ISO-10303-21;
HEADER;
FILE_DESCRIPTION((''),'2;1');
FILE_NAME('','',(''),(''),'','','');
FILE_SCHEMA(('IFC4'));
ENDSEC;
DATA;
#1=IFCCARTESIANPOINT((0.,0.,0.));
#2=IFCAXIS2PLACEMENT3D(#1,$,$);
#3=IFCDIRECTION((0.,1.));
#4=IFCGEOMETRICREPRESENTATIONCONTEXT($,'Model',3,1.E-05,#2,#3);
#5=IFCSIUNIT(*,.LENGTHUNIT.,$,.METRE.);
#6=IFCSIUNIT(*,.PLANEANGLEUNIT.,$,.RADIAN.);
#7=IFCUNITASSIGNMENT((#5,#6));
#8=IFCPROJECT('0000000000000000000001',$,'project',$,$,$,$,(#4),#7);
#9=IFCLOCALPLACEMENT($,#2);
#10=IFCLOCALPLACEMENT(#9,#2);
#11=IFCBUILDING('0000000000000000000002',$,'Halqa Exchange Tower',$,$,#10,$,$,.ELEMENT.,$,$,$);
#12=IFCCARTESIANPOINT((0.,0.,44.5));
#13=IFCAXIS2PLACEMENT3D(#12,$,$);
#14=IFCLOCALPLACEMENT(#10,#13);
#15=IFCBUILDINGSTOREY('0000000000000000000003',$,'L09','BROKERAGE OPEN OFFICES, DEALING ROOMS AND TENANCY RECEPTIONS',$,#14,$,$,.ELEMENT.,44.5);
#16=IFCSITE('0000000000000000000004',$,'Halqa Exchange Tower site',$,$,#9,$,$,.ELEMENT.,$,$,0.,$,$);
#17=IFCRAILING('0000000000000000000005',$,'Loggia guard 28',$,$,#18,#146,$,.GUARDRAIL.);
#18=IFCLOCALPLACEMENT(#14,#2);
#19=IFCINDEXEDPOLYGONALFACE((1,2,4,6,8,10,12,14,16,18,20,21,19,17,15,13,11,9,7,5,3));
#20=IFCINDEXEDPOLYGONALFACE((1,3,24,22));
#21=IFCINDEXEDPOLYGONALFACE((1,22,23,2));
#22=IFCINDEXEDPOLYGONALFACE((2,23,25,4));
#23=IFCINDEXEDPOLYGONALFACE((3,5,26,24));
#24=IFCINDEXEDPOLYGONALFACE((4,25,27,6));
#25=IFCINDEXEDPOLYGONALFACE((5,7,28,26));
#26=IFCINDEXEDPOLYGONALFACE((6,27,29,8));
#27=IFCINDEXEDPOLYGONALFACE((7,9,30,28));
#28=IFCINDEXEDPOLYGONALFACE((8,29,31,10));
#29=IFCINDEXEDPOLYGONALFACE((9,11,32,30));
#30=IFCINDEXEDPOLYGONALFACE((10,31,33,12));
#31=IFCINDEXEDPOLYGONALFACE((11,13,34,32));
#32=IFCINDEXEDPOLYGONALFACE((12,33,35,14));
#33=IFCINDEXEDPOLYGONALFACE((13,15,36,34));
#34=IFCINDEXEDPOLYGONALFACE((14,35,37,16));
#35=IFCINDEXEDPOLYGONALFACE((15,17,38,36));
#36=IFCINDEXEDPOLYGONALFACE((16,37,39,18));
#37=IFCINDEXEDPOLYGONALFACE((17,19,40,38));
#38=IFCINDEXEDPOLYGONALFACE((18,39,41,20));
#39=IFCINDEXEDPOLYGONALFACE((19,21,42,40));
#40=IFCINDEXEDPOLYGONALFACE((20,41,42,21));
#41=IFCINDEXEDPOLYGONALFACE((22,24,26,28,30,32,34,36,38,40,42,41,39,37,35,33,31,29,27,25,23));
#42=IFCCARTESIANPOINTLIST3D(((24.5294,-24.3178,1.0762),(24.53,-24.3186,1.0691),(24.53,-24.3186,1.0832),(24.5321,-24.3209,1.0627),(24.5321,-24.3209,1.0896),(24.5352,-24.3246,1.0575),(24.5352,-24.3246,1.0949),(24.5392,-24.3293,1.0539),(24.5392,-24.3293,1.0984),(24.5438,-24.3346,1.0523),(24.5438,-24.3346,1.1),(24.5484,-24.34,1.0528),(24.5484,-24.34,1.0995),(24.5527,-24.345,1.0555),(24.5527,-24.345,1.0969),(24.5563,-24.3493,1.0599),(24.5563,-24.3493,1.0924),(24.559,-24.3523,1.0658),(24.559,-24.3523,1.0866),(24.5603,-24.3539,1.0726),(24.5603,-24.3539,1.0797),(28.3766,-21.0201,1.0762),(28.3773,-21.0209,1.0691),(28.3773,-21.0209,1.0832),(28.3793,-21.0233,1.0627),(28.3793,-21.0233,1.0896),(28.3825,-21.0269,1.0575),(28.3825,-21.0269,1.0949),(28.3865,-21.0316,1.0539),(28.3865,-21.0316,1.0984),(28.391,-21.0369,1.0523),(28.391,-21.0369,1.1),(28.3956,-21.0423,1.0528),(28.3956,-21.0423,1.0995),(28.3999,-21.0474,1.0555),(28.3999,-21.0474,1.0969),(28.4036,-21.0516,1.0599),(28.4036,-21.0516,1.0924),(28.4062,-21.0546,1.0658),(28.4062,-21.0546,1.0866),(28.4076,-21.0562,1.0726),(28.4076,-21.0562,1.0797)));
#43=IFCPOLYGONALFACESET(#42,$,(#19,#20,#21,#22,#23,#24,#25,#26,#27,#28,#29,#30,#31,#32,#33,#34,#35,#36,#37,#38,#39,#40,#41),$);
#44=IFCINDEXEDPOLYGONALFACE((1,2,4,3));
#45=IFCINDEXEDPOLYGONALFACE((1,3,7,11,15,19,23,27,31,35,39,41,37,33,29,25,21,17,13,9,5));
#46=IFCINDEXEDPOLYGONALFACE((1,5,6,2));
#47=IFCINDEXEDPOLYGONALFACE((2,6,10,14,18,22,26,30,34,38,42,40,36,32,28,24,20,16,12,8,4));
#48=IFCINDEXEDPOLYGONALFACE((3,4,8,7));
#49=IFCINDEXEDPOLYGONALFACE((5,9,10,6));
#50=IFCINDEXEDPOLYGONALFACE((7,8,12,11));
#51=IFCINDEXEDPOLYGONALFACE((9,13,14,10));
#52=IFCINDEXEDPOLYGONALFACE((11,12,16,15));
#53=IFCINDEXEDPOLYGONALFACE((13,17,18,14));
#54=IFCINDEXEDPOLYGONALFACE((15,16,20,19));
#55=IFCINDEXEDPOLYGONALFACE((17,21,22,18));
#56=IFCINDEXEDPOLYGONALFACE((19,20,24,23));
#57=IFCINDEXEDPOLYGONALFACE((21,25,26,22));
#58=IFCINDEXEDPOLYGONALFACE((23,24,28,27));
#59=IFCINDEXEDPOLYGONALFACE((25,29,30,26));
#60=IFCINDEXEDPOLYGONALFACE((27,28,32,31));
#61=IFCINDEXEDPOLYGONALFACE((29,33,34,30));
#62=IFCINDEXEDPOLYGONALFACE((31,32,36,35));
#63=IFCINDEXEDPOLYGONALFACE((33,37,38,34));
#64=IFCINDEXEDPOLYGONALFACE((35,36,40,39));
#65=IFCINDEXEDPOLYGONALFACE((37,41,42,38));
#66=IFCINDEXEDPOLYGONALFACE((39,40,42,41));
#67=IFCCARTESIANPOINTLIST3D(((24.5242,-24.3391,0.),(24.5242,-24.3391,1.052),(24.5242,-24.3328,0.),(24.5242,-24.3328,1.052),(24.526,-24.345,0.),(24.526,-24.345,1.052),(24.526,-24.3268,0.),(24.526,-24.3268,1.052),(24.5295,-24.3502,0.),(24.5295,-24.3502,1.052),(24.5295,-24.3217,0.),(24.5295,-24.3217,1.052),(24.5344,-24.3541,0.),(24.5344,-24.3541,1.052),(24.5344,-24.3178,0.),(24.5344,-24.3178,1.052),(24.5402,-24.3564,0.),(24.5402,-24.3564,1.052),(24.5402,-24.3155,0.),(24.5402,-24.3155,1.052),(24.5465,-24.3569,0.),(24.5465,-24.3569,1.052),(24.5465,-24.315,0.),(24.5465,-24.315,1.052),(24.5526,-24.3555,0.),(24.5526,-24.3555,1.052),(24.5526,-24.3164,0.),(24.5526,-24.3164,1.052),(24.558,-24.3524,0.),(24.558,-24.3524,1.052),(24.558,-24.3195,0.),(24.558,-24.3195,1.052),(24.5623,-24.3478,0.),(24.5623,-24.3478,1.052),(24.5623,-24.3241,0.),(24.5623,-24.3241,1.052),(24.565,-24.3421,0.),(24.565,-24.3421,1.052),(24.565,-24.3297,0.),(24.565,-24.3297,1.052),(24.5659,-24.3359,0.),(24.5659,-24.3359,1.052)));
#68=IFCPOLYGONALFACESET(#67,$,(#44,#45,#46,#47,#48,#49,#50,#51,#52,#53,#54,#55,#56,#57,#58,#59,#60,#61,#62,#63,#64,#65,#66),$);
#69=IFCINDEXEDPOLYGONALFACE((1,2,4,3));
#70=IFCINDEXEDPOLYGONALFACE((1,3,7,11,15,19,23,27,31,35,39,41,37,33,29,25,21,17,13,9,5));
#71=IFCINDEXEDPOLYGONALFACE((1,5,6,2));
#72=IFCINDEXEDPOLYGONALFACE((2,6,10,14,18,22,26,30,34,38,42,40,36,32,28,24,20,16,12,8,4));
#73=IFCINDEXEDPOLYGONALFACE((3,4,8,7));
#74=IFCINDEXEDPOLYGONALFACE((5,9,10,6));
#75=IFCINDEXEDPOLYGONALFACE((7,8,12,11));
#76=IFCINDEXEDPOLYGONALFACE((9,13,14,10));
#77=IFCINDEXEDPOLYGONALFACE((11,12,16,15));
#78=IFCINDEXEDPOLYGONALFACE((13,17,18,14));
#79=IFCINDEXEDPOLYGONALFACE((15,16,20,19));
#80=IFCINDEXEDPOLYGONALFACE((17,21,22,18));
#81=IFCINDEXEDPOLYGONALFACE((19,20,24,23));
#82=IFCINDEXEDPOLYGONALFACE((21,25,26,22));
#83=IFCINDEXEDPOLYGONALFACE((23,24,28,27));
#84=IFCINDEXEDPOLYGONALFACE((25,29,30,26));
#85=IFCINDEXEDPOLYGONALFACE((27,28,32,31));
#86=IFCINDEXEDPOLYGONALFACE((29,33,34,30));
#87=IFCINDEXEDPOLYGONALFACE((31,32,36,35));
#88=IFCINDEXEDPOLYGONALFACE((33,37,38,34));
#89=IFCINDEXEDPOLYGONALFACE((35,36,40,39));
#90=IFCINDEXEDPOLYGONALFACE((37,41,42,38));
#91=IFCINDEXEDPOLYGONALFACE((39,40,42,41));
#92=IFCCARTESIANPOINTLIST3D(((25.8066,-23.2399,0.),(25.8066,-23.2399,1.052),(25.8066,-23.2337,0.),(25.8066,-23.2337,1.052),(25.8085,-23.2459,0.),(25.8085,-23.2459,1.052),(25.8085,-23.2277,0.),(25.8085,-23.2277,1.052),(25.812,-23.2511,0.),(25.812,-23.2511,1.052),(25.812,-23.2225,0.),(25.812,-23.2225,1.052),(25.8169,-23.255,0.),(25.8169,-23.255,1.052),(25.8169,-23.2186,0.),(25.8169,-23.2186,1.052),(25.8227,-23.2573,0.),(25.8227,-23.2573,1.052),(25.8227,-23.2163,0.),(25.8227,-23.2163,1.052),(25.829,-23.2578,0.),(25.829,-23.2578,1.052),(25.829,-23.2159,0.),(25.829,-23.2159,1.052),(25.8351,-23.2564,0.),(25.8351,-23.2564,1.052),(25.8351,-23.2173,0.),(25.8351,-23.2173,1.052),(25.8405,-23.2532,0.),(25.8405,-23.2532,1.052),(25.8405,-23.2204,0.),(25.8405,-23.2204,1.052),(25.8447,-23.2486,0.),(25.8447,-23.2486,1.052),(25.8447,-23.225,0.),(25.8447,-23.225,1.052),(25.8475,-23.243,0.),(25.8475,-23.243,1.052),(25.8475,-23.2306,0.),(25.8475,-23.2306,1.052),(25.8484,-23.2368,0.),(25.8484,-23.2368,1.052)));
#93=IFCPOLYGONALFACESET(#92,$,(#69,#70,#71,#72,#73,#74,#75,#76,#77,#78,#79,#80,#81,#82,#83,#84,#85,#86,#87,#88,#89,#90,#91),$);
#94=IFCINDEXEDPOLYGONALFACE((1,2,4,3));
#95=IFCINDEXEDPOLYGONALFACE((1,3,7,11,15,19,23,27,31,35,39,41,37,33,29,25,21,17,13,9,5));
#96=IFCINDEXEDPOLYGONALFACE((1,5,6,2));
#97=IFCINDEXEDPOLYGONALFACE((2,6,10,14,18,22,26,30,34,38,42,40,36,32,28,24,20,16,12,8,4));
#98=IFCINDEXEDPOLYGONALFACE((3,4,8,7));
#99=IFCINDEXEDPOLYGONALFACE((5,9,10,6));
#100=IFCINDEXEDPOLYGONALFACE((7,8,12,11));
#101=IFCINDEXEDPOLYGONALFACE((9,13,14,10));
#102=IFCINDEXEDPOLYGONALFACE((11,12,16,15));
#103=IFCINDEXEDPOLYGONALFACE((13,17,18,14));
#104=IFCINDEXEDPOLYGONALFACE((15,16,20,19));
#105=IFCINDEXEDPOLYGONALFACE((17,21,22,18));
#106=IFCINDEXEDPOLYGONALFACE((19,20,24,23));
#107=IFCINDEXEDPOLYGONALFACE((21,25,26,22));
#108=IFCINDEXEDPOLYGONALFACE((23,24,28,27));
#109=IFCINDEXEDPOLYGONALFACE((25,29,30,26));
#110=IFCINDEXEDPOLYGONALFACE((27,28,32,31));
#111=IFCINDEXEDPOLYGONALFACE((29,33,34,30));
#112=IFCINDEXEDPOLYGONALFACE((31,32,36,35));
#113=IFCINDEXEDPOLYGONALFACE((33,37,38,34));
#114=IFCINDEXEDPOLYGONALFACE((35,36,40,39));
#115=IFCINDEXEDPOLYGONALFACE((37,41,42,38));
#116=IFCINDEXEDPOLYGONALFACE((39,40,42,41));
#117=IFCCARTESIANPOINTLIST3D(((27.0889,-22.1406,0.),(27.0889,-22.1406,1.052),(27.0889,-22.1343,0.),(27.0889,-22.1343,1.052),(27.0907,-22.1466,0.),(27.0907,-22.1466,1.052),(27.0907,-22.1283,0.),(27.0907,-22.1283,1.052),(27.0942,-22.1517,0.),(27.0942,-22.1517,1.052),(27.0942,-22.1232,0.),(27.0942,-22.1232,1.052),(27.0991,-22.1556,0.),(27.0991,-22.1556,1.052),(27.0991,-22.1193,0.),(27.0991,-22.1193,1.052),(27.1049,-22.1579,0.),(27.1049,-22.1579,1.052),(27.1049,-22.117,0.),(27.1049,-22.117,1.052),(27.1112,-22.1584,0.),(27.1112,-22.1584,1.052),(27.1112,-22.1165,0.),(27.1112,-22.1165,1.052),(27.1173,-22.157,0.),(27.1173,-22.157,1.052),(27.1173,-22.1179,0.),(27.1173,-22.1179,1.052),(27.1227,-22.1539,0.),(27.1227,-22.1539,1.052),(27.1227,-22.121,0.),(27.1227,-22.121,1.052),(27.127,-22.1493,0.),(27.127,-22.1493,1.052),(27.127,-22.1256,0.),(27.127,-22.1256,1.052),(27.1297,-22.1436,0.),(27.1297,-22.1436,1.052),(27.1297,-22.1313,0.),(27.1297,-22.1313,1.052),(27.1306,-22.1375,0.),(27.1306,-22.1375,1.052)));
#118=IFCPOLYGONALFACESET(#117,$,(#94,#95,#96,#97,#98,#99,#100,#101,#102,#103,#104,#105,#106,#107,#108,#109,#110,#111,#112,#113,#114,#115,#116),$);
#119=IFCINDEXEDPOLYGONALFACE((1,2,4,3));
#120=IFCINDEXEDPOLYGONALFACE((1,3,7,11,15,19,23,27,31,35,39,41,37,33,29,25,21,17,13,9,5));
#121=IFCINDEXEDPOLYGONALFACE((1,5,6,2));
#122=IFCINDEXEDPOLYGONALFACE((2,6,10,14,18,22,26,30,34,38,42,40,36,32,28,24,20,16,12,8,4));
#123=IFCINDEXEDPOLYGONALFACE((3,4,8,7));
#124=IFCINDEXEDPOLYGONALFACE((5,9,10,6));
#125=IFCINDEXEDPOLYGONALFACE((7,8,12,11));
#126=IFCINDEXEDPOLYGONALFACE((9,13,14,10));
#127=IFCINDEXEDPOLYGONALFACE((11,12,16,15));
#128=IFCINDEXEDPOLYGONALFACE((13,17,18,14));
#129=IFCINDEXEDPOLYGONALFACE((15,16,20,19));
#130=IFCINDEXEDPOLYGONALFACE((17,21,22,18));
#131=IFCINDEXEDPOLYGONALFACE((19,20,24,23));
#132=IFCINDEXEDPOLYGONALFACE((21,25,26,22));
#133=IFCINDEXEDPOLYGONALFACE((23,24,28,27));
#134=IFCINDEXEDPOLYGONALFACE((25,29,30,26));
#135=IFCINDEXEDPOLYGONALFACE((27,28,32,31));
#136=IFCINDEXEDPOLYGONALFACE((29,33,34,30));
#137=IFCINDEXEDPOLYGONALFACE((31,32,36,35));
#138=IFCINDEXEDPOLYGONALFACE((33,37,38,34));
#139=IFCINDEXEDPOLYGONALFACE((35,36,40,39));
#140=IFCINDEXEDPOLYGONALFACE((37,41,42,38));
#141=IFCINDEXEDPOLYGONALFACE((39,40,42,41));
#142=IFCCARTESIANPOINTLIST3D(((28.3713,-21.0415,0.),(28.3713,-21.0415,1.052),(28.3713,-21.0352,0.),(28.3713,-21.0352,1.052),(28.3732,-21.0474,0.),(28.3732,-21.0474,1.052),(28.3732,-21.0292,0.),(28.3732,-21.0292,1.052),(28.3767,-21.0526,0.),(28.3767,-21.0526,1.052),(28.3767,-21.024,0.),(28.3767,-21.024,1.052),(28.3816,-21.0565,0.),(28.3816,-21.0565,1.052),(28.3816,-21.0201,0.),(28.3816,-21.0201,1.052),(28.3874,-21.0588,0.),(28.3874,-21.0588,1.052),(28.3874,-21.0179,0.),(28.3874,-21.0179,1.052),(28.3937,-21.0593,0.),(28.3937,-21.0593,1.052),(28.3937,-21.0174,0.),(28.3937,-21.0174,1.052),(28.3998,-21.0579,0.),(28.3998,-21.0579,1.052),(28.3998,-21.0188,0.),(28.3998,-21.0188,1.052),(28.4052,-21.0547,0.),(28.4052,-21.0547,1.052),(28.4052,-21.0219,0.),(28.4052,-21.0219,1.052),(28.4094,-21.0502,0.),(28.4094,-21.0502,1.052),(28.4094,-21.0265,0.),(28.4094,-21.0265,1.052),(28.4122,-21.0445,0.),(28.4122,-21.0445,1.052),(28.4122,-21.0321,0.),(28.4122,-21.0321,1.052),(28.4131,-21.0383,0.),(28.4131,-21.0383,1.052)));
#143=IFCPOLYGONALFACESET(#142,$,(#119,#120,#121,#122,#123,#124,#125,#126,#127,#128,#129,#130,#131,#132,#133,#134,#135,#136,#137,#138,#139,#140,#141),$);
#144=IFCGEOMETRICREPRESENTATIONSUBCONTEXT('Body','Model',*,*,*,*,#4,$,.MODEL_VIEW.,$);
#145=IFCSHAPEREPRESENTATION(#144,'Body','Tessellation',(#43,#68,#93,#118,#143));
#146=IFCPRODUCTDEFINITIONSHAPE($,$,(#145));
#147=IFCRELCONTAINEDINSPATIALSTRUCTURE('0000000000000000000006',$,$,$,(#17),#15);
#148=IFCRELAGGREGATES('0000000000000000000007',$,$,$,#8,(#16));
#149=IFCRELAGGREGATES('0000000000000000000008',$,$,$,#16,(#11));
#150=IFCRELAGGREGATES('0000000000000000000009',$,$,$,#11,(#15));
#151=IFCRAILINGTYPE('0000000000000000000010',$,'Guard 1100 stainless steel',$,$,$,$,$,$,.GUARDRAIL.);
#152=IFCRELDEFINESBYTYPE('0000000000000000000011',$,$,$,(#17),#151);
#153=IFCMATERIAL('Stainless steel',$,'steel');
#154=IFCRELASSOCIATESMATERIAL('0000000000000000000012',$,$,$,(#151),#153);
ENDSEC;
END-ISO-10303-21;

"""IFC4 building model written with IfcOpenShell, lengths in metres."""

from ifc_helpers import new_model, si_unit, direction, frame, origin, origin_2d, place, context, subcontext, project, spatial, circle, extrude, material, type_object, element, save


model = new_model("IFC4")

# Units and contexts
model_context = context("Model", 3, precision=1e-05, world=origin(), true_north=direction((0.0, 1.0)))
body_context = subcontext(model_context, "Body", "Model", "MODEL_VIEW")
ifc_project = project(units=[si_unit("LENGTHUNIT", "METRE"), si_unit("PLANEANGLEUNIT", "RADIAN")], contexts=[model_context])

# Site, building, storey
site_placement = place(None, origin())
site = spatial("IfcSite", under=ifc_project, at=site_placement, Name="Halqa Exchange Tower site", CompositionType="ELEMENT", RefElevation=0.0)
building_placement = place(site_placement, origin())
building = spatial("IfcBuilding", under=site, at=building_placement, Name="Halqa Exchange Tower", CompositionType="ELEMENT")
storey_placement = place(building_placement, frame((0.0, 0.0, 44.5)))
storey = spatial("IfcBuildingStorey", under=building, at=storey_placement, Name="L09", Description="BROKERAGE OPEN OFFICES, DEALING ROOMS AND TENANCY RECEPTIONS", CompositionType="ELEMENT", Elevation=44.5)

# Railing
ifc_material_1 = material(Name="Stainless steel", Category="steel")
railing_type = type_object("IfcRailingType", Name="Guard 1100 stainless steel", PredefinedType="GUARDRAIL", material=ifc_material_1)
railing_1_placement = place(storey_placement, frame((24.5449, -24.3359, 0.0)))
element("IfcRailing", 1, at=railing_1_placement, inside=storey, type_object=railing_type, Name="Loggia guard 28", PredefinedType="GUARDRAIL", context=body_context, shape_type="SweptSolid", body=[
    extrude(circle(Radius=0.0239, at=origin_2d()), frame((0.0, 0.0, 1.0762), z_axis=(0.759253, 0.650795, 0.0), x_axis=(-0.650795, 0.759253, 0.0)), (0.0, 0.0, 1.0), 5.0671),
    extrude(circle(Radius=0.021, at=origin_2d()), origin(), (0.0, 0.0, 1.0), 1.052),
    extrude(circle(Radius=0.021, at=origin_2d()), frame((1.2825, 1.0991, 0.0)), (0.0, 0.0, 1.0), 1.052),
    extrude(circle(Radius=0.021, at=origin_2d()), frame((2.5647, 2.1985, 0.0)), (0.0, 0.0, 1.0), 1.052),
    extrude(circle(Radius=0.021, at=origin_2d()), frame((3.8472, 3.2976, 0.0)), (0.0, 0.0, 1.0), 1.052),
])

save(model, "model.ifc")
